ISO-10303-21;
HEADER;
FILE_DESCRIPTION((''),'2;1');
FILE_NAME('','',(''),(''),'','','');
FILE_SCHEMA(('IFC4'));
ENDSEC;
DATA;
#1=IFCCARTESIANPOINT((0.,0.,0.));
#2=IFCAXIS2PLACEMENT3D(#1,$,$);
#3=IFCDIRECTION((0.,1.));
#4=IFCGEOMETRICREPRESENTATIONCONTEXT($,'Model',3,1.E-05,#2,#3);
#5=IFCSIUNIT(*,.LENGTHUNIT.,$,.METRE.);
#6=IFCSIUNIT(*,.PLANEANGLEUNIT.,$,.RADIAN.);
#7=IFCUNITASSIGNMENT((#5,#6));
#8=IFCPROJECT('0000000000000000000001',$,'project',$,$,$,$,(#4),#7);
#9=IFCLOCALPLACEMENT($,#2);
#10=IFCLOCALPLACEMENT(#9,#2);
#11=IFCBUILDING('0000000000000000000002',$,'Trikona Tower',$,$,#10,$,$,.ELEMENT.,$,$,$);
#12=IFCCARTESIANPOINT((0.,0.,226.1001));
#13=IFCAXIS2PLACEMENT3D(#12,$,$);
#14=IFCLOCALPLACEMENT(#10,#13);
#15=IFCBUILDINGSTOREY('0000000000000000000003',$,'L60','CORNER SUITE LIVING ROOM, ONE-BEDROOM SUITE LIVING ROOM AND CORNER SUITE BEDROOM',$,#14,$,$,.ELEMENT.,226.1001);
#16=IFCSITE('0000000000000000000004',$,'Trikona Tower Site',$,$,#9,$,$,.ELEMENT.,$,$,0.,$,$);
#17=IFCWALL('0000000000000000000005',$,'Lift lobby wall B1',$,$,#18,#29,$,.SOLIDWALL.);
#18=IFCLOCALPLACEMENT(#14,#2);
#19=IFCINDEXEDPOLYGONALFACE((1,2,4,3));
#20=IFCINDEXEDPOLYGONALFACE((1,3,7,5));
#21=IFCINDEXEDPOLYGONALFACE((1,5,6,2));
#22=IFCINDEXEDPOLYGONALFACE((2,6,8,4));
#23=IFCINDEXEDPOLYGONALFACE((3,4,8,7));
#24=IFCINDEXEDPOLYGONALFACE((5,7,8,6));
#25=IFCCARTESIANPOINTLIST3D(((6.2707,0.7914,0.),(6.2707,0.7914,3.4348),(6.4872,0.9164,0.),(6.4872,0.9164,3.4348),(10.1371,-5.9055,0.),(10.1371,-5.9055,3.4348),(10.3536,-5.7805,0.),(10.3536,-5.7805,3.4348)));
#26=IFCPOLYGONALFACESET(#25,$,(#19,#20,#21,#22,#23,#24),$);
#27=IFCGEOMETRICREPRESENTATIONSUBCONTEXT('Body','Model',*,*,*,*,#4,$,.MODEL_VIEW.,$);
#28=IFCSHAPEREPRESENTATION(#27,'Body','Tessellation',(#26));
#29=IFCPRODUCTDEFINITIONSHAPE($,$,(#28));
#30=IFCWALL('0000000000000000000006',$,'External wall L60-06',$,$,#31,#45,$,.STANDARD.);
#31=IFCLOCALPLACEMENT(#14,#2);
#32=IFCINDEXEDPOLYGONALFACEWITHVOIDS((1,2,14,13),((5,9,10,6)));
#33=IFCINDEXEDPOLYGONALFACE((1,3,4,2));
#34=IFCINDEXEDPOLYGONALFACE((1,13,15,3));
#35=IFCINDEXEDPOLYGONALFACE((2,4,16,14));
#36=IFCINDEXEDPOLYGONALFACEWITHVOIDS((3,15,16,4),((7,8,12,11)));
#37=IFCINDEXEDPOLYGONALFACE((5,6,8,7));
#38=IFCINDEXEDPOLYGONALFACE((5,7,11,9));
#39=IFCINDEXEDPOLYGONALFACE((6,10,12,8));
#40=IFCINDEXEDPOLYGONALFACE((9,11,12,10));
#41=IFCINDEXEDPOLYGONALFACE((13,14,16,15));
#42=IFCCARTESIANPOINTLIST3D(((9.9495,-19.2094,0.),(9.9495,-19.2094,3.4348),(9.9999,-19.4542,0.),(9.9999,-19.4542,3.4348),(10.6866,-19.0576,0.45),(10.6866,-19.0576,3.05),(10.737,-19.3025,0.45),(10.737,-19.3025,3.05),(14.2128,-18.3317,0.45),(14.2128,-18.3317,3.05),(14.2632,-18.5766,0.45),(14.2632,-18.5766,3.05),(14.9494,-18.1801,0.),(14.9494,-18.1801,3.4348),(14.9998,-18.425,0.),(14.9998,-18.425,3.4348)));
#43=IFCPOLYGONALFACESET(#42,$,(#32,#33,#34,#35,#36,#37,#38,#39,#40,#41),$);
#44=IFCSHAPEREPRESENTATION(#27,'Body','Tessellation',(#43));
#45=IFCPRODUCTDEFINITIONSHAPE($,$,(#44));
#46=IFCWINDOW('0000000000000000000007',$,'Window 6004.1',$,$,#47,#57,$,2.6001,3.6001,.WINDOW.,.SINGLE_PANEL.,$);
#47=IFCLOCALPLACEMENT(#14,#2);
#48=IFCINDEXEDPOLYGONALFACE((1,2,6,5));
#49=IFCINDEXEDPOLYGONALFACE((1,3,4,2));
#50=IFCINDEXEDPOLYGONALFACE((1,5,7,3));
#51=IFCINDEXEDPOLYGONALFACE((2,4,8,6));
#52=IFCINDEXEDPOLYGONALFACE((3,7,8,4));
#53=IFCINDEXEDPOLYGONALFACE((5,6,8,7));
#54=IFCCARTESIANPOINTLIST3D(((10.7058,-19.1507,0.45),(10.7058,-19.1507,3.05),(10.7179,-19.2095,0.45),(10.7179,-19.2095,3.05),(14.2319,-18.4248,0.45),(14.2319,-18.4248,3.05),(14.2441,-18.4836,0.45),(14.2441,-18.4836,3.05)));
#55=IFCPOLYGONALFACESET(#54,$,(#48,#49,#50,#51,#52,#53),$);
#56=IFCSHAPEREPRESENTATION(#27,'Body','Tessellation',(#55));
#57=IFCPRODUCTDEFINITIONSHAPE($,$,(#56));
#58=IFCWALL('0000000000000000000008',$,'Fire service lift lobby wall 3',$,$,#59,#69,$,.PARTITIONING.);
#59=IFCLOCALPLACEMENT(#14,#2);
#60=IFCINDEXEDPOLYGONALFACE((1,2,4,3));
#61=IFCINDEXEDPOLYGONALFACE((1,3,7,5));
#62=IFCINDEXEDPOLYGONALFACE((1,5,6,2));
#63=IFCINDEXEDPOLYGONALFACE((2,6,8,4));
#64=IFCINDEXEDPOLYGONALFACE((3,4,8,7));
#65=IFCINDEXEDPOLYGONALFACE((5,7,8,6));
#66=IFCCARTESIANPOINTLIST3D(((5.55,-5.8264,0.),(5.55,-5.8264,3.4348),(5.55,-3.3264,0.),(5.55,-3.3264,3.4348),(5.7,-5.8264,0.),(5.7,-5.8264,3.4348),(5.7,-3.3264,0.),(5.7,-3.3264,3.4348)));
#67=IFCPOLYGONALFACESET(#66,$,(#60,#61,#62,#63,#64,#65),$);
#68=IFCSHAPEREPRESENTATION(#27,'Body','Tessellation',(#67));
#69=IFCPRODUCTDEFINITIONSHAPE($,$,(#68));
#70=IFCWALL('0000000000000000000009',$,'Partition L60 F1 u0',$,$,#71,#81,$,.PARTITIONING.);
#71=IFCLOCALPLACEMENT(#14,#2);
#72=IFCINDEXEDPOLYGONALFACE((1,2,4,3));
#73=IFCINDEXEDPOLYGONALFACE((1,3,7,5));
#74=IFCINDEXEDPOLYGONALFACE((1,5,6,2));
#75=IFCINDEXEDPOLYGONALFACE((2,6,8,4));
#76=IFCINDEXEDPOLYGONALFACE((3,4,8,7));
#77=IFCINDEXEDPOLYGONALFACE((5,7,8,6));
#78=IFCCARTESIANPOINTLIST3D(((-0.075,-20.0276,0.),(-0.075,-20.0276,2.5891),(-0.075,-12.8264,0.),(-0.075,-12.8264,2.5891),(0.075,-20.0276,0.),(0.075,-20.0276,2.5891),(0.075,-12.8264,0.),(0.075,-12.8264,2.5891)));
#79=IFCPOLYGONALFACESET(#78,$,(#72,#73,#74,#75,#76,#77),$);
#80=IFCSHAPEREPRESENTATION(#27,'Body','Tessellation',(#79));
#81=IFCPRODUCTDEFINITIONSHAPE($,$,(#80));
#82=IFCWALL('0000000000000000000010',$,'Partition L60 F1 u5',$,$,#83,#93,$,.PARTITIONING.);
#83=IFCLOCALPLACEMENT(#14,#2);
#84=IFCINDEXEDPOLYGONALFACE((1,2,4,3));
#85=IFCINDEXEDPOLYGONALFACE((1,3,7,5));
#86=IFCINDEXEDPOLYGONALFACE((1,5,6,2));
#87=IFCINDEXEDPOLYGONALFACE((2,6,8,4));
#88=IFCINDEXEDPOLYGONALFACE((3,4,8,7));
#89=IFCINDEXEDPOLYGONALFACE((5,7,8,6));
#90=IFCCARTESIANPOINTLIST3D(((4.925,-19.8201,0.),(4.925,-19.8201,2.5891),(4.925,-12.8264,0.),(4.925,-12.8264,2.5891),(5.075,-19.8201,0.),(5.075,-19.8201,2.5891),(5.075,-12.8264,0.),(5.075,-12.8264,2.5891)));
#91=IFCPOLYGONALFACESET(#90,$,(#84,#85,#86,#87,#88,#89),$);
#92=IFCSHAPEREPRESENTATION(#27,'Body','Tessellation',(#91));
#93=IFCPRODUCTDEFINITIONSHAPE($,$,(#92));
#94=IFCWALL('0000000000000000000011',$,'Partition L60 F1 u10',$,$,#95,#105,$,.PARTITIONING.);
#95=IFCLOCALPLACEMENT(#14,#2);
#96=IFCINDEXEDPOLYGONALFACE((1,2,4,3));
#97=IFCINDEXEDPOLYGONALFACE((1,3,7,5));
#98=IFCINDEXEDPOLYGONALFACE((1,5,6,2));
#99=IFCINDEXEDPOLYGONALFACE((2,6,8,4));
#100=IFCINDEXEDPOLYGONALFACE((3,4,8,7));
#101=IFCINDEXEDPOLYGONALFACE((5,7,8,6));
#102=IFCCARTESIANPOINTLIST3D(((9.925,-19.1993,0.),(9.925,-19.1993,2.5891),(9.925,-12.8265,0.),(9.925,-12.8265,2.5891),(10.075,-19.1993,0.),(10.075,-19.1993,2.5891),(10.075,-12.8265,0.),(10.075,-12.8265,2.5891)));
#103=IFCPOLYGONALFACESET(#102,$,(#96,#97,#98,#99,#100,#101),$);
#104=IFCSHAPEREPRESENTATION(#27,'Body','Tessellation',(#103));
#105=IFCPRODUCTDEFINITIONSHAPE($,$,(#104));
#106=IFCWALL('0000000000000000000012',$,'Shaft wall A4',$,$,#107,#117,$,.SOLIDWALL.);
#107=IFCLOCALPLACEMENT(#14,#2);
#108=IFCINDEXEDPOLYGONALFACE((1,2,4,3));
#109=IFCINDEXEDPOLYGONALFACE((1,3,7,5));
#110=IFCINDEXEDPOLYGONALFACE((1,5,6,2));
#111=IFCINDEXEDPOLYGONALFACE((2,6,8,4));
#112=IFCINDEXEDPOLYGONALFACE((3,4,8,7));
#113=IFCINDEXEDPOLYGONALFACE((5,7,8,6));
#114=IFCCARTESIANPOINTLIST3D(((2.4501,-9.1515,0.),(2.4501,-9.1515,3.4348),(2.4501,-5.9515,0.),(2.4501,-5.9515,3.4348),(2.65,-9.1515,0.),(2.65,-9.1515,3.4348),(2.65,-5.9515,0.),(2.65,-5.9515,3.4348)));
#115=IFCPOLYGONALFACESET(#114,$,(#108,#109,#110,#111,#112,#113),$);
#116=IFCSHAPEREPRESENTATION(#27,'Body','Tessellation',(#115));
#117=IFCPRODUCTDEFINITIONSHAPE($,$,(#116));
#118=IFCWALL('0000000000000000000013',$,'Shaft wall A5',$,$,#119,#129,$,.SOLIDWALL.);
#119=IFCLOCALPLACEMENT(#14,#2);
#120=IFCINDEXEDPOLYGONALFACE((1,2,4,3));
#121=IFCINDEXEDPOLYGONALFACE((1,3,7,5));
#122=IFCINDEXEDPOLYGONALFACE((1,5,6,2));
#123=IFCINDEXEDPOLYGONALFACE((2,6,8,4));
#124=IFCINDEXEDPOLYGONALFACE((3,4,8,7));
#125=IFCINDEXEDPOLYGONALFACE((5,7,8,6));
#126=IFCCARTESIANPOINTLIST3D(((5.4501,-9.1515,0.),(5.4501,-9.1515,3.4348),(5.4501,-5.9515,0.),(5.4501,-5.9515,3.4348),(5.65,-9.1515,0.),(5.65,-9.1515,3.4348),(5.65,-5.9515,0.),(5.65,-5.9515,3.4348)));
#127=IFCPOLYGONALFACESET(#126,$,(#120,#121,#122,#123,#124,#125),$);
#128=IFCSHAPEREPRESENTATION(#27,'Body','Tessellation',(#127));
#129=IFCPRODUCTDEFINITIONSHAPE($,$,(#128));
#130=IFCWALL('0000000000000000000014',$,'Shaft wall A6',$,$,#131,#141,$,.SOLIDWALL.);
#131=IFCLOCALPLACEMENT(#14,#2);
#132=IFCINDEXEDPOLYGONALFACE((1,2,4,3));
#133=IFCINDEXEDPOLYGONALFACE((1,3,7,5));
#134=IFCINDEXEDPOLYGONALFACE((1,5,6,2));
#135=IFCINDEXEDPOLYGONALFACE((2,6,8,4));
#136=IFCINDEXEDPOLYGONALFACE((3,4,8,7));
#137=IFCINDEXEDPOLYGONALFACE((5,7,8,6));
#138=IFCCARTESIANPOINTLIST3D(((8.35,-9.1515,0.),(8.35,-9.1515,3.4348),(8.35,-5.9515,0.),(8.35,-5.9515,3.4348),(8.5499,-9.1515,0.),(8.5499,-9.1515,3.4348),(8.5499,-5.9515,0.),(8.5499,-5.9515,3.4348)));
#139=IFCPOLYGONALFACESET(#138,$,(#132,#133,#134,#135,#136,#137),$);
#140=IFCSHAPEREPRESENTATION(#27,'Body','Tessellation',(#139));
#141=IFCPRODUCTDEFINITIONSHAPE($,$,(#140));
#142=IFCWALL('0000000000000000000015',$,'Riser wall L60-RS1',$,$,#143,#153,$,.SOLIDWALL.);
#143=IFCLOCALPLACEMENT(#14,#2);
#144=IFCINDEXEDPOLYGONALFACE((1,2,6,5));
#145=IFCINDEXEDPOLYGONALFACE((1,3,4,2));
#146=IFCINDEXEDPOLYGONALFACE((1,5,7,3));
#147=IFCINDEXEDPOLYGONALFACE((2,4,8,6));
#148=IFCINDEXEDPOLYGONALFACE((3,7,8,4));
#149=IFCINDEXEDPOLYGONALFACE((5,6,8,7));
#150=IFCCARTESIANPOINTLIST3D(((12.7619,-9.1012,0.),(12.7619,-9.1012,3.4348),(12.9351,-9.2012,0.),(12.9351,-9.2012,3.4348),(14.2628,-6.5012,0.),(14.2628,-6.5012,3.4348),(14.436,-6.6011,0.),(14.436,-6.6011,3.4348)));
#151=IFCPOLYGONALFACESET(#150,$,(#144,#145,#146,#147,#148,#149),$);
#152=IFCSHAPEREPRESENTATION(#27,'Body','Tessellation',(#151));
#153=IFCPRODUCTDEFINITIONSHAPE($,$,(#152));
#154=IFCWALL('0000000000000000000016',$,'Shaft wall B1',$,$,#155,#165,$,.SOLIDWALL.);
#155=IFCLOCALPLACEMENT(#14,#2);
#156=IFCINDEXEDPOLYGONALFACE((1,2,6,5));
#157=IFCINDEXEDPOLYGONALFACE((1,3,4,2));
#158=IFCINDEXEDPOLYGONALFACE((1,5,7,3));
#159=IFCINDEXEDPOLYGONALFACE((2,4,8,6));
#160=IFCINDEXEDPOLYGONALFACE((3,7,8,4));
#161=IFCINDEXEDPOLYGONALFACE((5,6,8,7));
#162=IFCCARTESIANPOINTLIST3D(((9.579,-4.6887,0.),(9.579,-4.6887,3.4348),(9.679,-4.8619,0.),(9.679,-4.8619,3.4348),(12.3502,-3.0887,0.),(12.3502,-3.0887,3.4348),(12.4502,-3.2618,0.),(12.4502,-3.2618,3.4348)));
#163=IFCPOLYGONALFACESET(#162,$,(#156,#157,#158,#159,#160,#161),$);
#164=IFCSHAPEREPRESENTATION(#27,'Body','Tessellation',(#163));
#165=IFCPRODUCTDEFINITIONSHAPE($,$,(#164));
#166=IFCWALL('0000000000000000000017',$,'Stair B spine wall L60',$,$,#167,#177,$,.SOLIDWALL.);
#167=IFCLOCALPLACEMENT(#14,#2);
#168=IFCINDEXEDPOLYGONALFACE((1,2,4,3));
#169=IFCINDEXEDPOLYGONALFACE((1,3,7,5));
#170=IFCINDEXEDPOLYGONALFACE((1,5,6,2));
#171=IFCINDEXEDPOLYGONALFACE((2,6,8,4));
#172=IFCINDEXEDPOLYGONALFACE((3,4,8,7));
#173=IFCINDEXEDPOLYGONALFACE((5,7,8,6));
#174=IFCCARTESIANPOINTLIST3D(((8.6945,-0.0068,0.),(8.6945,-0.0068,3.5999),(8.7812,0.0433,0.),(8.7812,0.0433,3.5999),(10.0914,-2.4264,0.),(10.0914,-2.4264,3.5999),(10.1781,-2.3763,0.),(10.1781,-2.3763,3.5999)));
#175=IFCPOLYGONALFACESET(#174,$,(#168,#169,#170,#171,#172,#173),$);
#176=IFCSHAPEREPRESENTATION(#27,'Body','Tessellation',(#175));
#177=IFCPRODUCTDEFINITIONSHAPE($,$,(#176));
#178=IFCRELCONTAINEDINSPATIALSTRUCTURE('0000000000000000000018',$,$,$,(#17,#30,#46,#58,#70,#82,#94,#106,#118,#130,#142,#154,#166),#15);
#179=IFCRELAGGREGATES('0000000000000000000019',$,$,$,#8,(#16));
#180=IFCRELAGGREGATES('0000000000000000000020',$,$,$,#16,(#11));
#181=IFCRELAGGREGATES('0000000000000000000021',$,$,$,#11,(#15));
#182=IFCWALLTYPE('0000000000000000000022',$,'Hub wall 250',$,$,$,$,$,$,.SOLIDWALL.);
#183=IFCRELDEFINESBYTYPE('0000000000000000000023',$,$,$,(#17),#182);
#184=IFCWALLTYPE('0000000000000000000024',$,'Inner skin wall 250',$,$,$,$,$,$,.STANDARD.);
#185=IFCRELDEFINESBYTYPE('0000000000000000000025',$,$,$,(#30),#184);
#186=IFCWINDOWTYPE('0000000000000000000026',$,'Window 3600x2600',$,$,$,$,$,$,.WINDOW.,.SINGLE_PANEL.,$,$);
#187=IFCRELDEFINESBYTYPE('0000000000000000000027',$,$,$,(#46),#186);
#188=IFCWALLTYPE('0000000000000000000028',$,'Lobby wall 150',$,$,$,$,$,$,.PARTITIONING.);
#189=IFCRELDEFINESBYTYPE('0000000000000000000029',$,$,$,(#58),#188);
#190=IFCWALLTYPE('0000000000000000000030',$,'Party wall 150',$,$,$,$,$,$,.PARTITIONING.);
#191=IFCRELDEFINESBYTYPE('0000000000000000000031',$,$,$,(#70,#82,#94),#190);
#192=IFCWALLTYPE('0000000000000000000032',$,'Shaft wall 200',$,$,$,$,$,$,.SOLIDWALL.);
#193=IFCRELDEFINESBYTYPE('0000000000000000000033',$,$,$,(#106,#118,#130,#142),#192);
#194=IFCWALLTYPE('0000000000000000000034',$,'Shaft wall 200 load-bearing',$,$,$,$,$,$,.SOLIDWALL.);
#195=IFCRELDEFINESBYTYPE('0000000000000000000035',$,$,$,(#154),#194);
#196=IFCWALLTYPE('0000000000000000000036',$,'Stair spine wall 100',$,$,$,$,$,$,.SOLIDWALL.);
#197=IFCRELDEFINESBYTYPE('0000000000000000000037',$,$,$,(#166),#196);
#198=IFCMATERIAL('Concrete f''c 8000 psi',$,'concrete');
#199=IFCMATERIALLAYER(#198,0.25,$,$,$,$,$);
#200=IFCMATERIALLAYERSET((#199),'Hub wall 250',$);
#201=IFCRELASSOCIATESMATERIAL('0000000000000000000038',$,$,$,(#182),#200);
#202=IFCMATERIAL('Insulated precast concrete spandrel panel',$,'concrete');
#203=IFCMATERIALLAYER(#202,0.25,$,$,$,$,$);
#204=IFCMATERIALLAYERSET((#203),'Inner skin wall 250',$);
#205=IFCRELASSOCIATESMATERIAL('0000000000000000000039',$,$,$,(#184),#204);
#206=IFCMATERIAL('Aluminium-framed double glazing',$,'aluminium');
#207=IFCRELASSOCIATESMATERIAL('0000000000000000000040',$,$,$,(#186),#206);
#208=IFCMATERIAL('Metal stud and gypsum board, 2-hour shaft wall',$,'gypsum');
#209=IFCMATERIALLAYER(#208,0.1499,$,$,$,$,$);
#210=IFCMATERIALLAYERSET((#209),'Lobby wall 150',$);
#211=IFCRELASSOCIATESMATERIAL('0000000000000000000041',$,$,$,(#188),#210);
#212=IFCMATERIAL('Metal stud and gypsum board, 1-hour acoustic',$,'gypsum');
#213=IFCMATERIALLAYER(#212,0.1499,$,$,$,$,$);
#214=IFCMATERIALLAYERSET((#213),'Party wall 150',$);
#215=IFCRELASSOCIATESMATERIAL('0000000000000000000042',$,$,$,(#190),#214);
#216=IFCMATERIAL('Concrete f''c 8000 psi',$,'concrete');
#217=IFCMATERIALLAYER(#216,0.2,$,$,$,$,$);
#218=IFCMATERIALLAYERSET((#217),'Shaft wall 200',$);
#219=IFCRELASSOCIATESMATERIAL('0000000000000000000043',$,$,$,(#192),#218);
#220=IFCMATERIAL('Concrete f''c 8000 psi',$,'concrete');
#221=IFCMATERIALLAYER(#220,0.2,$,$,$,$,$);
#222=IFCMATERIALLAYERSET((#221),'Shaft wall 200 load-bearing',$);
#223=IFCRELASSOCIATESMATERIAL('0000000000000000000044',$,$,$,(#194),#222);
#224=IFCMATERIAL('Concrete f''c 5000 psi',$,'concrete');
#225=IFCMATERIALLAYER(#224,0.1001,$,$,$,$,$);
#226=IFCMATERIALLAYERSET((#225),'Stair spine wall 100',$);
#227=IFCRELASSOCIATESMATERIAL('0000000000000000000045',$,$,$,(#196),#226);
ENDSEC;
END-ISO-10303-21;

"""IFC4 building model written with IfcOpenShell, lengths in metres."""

from ifc_helpers import new_model, si_unit, direction, frame, frame_2d, origin, place, context, subcontext, project, spatial, rectangle, extrude, material, layer, layer_set, type_object, element, fill, save


model = new_model("IFC4")

# Units and contexts
model_context = context("Model", 3, precision=1e-05, world=origin(), true_north=direction((0.0, 1.0)))
body_context = subcontext(model_context, "Body", "Model", "MODEL_VIEW")
ifc_project = project(units=[si_unit("LENGTHUNIT", "METRE"), si_unit("PLANEANGLEUNIT", "RADIAN")], contexts=[model_context])

# Site, building, storey
site_placement = place(None, origin())
site = spatial("IfcSite", under=ifc_project, at=site_placement, Name="Trikona Tower Site", CompositionType="ELEMENT", RefElevation=0.0)
building_placement = place(site_placement, origin())
building = spatial("IfcBuilding", under=site, at=building_placement, Name="Trikona Tower", CompositionType="ELEMENT")
storey_placement = place(building_placement, frame((0.0, 0.0, 226.1001)))
storey = spatial("IfcBuildingStorey", under=building, at=storey_placement, Name="L60", Description="CORNER SUITE LIVING ROOM, ONE-BEDROOM SUITE LIVING ROOM AND CORNER SUITE BEDROOM", CompositionType="ELEMENT", Elevation=226.1001)

# Wall
ifc_material_1 = material(Name="Concrete f'c 8000 psi", Category="concrete")
ifc_layer_1 = layer(ifc_material_1, 0.25)
ifc_layer_set_1 = layer_set([ifc_layer_1], Name="Hub wall 250")
wall_type_1 = type_object("IfcWallType", Name="Hub wall 250", PredefinedType="SOLIDWALL", material=ifc_layer_set_1)
wall_1_placement = place(storey_placement, frame((10.2454, -5.843, 0.0), z_axis=(0.0, 0.0, 1.0), x_axis=(-0.499993, 0.866029, 0.0)))
element("IfcWall", 1, at=wall_1_placement, inside=storey, type_object=wall_type_1, Name="Lift lobby wall B1", PredefinedType="SOLIDWALL", context=body_context, shape_type="SweptSolid", body=[
    extrude(rectangle(XDim=7.7329, YDim=0.25, at=frame_2d((3.8665, 0.0))), origin(), (0.0, 0.0, 1.0), 3.4348),
])

# Wall, opening, window
ifc_material_2 = material(Name="Insulated precast concrete spandrel panel", Category="concrete")
ifc_layer_2 = layer(ifc_material_2, 0.25)
ifc_layer_set_2 = layer_set([ifc_layer_2], Name="Inner skin wall 250")
wall_type_2 = type_object("IfcWallType", Name="Inner skin wall 250", PredefinedType="STANDARD", material=ifc_layer_set_2)
wall_2_placement = place(storey_placement, frame((9.9749, -19.3318, 0.0), z_axis=(0.0, 0.0, 1.0), x_axis=(0.979461, 0.201631, 0.0)))
wall_2 = element("IfcWall", 2, at=wall_2_placement, inside=storey, type_object=wall_type_2, Name="External wall L60-06", PredefinedType="STANDARD", context=body_context, shape_type="SweptSolid", body=[
    extrude(rectangle(XDim=5.1047, YDim=0.25, at=frame_2d((2.5522, 0.0))), origin(), (0.0, 0.0, 1.0), 3.4348),
])
opening_1_placement = place(wall_2_placement, frame((0.7524, 0.0, 0.45)))
opening_1 = element("IfcOpeningElement", 3, at=opening_1_placement, cuts=wall_2, PredefinedType="OPENING", context=body_context, shape_type="SweptSolid", body=[
    extrude(rectangle(XDim=3.6001, YDim=2.6001, at=frame_2d((1.8, 1.3))), frame((0.0, 0.135, 0.0), z_axis=(0.0, -1.0, 0.0), x_axis=(1.0, 0.0, 0.0)), (0.0, 0.0, 1.0), 0.27),
])
ifc_material_3 = material(Name="Aluminium-framed double glazing", Category="aluminium")
window_type = type_object("IfcWindowType", Name="Window 3600x2600", PartitioningType="SINGLE_PANEL", PredefinedType="WINDOW", material=ifc_material_3)
window_placement = place(opening_1_placement, origin())
window = element("IfcWindow", 4, at=window_placement, inside=storey, type_object=window_type, Name="Window 6004.1", OverallHeight=2.6001, OverallWidth=3.6001, PartitioningType="SINGLE_PANEL", PredefinedType="WINDOW", context=body_context, shape_type="SweptSolid", body=[
    extrude(rectangle(XDim=3.6001, YDim=2.6001, at=frame_2d((1.8, 1.3))), frame((0.0, 0.03, 0.0), z_axis=(0.0, -1.0, 0.0), x_axis=(1.0, 0.0, 0.0)), (0.0, 0.0, 1.0), 0.0601),
])
fill(opening_1, window)

# Walls
ifc_material_4 = material(Name="Metal stud and gypsum board, 2-hour shaft wall", Category="gypsum")
ifc_layer_3 = layer(ifc_material_4, 0.1499)
ifc_layer_set_3 = layer_set([ifc_layer_3], Name="Lobby wall 150")
wall_type_3 = type_object("IfcWallType", Name="Lobby wall 150", PredefinedType="PARTITIONING", material=ifc_layer_set_3)
wall_3_placement = place(storey_placement, frame((5.625, -5.8264, 0.0), z_axis=(0.0, 0.0, 1.0), x_axis=(0.0, 1.0, 0.0)))
element("IfcWall", 5, at=wall_3_placement, inside=storey, type_object=wall_type_3, Name="Fire service lift lobby wall 3", PredefinedType="PARTITIONING", context=body_context, shape_type="SweptSolid", body=[
    extrude(rectangle(XDim=2.5, YDim=0.1499, at=frame_2d((1.25, 0.0))), origin(), (0.0, 0.0, 1.0), 3.4348),
])
ifc_material_5 = material(Name="Metal stud and gypsum board, 1-hour acoustic", Category="gypsum")
ifc_layer_4 = layer(ifc_material_5, 0.1499)
ifc_layer_set_4 = layer_set([ifc_layer_4], Name="Party wall 150")
wall_type_4 = type_object("IfcWallType", Name="Party wall 150", PredefinedType="PARTITIONING", material=ifc_layer_set_4)
wall_4_placement = place(storey_placement, frame((0.0, -12.8264, 0.0), z_axis=(0.0, 0.0, 1.0), x_axis=(0.0, -1.0, 0.0)))
element("IfcWall", 6, at=wall_4_placement, inside=storey, type_object=wall_type_4, Name="Partition L60 F1 u0", PredefinedType="PARTITIONING", context=body_context, shape_type="SweptSolid", body=[
    extrude(rectangle(XDim=7.2012, YDim=0.1499, at=frame_2d((3.6006, 0.0))), origin(), (0.0, 0.0, 1.0), 2.5891),
])
wall_5_placement = place(storey_placement, frame((5.0, -12.8264, 0.0), z_axis=(0.0, 0.0, 1.0), x_axis=(0.0, -1.0, 0.0)))
element("IfcWall", 7, at=wall_5_placement, inside=storey, type_object=wall_type_4, Name="Partition L60 F1 u5", PredefinedType="PARTITIONING", context=body_context, shape_type="SweptSolid", body=[
    extrude(rectangle(XDim=6.9937, YDim=0.1499, at=frame_2d((3.4968, 0.0))), origin(), (0.0, 0.0, 1.0), 2.5891),
])
wall_6_placement = place(storey_placement, frame((10.0, -12.8264, 0.0), z_axis=(0.0, 0.0, 1.0), x_axis=(0.0, -1.0, 0.0)))
element("IfcWall", 8, at=wall_6_placement, inside=storey, type_object=wall_type_4, Name="Partition L60 F1 u10", PredefinedType="PARTITIONING", context=body_context, shape_type="SweptSolid", body=[
    extrude(rectangle(XDim=6.3728, YDim=0.1499, at=frame_2d((3.1865, 0.0))), origin(), (0.0, 0.0, 1.0), 2.5891),
])
ifc_material_6 = material(Name="Concrete f'c 8000 psi", Category="concrete")
ifc_layer_5 = layer(ifc_material_6, 0.2)
ifc_layer_set_5 = layer_set([ifc_layer_5], Name="Shaft wall 200")
wall_type_5 = type_object("IfcWallType", Name="Shaft wall 200", PredefinedType="SOLIDWALL", material=ifc_layer_set_5)
for number, where, z_axis, x_axis, name in (
    (9, (2.55, -5.9514, 0.0), (0.0, 0.0, 1.0), (0.0, -1.0, 0.0), "Shaft wall A4"),
    (10, (5.55, -5.9514, 0.0), (0.0, 0.0, 1.0), (0.0, -1.0, 0.0), "Shaft wall A5"),
    (11, (8.45, -5.9514, 0.0), (0.0, 0.0, 1.0), (0.0, -1.0, 0.0), "Shaft wall A6"),
):
    element("IfcWall", number, at=place(storey_placement, frame(where, z_axis=z_axis, x_axis=x_axis)), inside=storey, type_object=wall_type_5, Name=name, PredefinedType="SOLIDWALL", context=body_context, shape_type="SweptSolid", body=[
        extrude(rectangle(XDim=3.2, YDim=0.2, at=frame_2d((1.6001, 0.0))), origin(), (0.0, 0.0, 1.0), 3.4348),
    ])
wall_7_placement = place(storey_placement, frame((14.3494, -6.5513, 0.0), z_axis=(0.0, 0.0, 1.0), x_axis=(-0.499952, -0.866053, 0.0)))
element("IfcWall", 12, at=wall_7_placement, inside=storey, type_object=wall_type_5, Name="Riser wall L60-RS1", PredefinedType="SOLIDWALL", context=body_context, shape_type="SweptSolid", body=[
    extrude(rectangle(XDim=3.0022, YDim=0.2, at=frame_2d((1.501, 0.0))), origin(), (0.0, 0.0, 1.0), 3.4348),
])
ifc_material_7 = material(Name="Concrete f'c 8000 psi", Category="concrete")
ifc_layer_6 = layer(ifc_material_7, 0.2)
ifc_layer_set_6 = layer_set([ifc_layer_6], Name="Shaft wall 200 load-bearing")
wall_type_6 = type_object("IfcWallType", Name="Shaft wall 200 load-bearing", PredefinedType="SOLIDWALL", material=ifc_layer_set_6)
wall_8_placement = place(storey_placement, frame((9.6289, -4.7754, 0.0), z_axis=(0.0, 0.0, 1.0), x_axis=(0.866009, 0.500028, 0.0)))
element("IfcWall", 13, at=wall_8_placement, inside=storey, type_object=wall_type_6, Name="Shaft wall B1", PredefinedType="SOLIDWALL", context=body_context, shape_type="SweptSolid", body=[
    extrude(rectangle(XDim=3.2, YDim=0.2, at=frame_2d((1.6001, 0.0))), origin(), (0.0, 0.0, 1.0), 3.4348),
])
ifc_material_8 = material(Name="Concrete f'c 5000 psi", Category="concrete")
ifc_layer_7 = layer(ifc_material_8, 0.1001)
ifc_layer_set_7 = layer_set([ifc_layer_7], Name="Stair spine wall 100")
wall_type_7 = type_object("IfcWallType", Name="Stair spine wall 100", PredefinedType="SOLIDWALL", material=ifc_layer_set_7)
wall_9_placement = place(storey_placement, frame((10.1348, -2.4014, 0.0), z_axis=(0.0, 0.0, 1.0), x_axis=(-0.499992, 0.86603, 0.0)))
element("IfcWall", 14, at=wall_9_placement, inside=storey, type_object=wall_type_7, Name="Stair B spine wall L60", PredefinedType="SOLIDWALL", context=body_context, shape_type="SweptSolid", body=[
    extrude(rectangle(XDim=2.7939, YDim=0.1001, at=frame_2d((1.397, 0.0))), origin(), (0.0, 0.0, 1.0), 3.5999),
])

save(model, "model.ifc")
